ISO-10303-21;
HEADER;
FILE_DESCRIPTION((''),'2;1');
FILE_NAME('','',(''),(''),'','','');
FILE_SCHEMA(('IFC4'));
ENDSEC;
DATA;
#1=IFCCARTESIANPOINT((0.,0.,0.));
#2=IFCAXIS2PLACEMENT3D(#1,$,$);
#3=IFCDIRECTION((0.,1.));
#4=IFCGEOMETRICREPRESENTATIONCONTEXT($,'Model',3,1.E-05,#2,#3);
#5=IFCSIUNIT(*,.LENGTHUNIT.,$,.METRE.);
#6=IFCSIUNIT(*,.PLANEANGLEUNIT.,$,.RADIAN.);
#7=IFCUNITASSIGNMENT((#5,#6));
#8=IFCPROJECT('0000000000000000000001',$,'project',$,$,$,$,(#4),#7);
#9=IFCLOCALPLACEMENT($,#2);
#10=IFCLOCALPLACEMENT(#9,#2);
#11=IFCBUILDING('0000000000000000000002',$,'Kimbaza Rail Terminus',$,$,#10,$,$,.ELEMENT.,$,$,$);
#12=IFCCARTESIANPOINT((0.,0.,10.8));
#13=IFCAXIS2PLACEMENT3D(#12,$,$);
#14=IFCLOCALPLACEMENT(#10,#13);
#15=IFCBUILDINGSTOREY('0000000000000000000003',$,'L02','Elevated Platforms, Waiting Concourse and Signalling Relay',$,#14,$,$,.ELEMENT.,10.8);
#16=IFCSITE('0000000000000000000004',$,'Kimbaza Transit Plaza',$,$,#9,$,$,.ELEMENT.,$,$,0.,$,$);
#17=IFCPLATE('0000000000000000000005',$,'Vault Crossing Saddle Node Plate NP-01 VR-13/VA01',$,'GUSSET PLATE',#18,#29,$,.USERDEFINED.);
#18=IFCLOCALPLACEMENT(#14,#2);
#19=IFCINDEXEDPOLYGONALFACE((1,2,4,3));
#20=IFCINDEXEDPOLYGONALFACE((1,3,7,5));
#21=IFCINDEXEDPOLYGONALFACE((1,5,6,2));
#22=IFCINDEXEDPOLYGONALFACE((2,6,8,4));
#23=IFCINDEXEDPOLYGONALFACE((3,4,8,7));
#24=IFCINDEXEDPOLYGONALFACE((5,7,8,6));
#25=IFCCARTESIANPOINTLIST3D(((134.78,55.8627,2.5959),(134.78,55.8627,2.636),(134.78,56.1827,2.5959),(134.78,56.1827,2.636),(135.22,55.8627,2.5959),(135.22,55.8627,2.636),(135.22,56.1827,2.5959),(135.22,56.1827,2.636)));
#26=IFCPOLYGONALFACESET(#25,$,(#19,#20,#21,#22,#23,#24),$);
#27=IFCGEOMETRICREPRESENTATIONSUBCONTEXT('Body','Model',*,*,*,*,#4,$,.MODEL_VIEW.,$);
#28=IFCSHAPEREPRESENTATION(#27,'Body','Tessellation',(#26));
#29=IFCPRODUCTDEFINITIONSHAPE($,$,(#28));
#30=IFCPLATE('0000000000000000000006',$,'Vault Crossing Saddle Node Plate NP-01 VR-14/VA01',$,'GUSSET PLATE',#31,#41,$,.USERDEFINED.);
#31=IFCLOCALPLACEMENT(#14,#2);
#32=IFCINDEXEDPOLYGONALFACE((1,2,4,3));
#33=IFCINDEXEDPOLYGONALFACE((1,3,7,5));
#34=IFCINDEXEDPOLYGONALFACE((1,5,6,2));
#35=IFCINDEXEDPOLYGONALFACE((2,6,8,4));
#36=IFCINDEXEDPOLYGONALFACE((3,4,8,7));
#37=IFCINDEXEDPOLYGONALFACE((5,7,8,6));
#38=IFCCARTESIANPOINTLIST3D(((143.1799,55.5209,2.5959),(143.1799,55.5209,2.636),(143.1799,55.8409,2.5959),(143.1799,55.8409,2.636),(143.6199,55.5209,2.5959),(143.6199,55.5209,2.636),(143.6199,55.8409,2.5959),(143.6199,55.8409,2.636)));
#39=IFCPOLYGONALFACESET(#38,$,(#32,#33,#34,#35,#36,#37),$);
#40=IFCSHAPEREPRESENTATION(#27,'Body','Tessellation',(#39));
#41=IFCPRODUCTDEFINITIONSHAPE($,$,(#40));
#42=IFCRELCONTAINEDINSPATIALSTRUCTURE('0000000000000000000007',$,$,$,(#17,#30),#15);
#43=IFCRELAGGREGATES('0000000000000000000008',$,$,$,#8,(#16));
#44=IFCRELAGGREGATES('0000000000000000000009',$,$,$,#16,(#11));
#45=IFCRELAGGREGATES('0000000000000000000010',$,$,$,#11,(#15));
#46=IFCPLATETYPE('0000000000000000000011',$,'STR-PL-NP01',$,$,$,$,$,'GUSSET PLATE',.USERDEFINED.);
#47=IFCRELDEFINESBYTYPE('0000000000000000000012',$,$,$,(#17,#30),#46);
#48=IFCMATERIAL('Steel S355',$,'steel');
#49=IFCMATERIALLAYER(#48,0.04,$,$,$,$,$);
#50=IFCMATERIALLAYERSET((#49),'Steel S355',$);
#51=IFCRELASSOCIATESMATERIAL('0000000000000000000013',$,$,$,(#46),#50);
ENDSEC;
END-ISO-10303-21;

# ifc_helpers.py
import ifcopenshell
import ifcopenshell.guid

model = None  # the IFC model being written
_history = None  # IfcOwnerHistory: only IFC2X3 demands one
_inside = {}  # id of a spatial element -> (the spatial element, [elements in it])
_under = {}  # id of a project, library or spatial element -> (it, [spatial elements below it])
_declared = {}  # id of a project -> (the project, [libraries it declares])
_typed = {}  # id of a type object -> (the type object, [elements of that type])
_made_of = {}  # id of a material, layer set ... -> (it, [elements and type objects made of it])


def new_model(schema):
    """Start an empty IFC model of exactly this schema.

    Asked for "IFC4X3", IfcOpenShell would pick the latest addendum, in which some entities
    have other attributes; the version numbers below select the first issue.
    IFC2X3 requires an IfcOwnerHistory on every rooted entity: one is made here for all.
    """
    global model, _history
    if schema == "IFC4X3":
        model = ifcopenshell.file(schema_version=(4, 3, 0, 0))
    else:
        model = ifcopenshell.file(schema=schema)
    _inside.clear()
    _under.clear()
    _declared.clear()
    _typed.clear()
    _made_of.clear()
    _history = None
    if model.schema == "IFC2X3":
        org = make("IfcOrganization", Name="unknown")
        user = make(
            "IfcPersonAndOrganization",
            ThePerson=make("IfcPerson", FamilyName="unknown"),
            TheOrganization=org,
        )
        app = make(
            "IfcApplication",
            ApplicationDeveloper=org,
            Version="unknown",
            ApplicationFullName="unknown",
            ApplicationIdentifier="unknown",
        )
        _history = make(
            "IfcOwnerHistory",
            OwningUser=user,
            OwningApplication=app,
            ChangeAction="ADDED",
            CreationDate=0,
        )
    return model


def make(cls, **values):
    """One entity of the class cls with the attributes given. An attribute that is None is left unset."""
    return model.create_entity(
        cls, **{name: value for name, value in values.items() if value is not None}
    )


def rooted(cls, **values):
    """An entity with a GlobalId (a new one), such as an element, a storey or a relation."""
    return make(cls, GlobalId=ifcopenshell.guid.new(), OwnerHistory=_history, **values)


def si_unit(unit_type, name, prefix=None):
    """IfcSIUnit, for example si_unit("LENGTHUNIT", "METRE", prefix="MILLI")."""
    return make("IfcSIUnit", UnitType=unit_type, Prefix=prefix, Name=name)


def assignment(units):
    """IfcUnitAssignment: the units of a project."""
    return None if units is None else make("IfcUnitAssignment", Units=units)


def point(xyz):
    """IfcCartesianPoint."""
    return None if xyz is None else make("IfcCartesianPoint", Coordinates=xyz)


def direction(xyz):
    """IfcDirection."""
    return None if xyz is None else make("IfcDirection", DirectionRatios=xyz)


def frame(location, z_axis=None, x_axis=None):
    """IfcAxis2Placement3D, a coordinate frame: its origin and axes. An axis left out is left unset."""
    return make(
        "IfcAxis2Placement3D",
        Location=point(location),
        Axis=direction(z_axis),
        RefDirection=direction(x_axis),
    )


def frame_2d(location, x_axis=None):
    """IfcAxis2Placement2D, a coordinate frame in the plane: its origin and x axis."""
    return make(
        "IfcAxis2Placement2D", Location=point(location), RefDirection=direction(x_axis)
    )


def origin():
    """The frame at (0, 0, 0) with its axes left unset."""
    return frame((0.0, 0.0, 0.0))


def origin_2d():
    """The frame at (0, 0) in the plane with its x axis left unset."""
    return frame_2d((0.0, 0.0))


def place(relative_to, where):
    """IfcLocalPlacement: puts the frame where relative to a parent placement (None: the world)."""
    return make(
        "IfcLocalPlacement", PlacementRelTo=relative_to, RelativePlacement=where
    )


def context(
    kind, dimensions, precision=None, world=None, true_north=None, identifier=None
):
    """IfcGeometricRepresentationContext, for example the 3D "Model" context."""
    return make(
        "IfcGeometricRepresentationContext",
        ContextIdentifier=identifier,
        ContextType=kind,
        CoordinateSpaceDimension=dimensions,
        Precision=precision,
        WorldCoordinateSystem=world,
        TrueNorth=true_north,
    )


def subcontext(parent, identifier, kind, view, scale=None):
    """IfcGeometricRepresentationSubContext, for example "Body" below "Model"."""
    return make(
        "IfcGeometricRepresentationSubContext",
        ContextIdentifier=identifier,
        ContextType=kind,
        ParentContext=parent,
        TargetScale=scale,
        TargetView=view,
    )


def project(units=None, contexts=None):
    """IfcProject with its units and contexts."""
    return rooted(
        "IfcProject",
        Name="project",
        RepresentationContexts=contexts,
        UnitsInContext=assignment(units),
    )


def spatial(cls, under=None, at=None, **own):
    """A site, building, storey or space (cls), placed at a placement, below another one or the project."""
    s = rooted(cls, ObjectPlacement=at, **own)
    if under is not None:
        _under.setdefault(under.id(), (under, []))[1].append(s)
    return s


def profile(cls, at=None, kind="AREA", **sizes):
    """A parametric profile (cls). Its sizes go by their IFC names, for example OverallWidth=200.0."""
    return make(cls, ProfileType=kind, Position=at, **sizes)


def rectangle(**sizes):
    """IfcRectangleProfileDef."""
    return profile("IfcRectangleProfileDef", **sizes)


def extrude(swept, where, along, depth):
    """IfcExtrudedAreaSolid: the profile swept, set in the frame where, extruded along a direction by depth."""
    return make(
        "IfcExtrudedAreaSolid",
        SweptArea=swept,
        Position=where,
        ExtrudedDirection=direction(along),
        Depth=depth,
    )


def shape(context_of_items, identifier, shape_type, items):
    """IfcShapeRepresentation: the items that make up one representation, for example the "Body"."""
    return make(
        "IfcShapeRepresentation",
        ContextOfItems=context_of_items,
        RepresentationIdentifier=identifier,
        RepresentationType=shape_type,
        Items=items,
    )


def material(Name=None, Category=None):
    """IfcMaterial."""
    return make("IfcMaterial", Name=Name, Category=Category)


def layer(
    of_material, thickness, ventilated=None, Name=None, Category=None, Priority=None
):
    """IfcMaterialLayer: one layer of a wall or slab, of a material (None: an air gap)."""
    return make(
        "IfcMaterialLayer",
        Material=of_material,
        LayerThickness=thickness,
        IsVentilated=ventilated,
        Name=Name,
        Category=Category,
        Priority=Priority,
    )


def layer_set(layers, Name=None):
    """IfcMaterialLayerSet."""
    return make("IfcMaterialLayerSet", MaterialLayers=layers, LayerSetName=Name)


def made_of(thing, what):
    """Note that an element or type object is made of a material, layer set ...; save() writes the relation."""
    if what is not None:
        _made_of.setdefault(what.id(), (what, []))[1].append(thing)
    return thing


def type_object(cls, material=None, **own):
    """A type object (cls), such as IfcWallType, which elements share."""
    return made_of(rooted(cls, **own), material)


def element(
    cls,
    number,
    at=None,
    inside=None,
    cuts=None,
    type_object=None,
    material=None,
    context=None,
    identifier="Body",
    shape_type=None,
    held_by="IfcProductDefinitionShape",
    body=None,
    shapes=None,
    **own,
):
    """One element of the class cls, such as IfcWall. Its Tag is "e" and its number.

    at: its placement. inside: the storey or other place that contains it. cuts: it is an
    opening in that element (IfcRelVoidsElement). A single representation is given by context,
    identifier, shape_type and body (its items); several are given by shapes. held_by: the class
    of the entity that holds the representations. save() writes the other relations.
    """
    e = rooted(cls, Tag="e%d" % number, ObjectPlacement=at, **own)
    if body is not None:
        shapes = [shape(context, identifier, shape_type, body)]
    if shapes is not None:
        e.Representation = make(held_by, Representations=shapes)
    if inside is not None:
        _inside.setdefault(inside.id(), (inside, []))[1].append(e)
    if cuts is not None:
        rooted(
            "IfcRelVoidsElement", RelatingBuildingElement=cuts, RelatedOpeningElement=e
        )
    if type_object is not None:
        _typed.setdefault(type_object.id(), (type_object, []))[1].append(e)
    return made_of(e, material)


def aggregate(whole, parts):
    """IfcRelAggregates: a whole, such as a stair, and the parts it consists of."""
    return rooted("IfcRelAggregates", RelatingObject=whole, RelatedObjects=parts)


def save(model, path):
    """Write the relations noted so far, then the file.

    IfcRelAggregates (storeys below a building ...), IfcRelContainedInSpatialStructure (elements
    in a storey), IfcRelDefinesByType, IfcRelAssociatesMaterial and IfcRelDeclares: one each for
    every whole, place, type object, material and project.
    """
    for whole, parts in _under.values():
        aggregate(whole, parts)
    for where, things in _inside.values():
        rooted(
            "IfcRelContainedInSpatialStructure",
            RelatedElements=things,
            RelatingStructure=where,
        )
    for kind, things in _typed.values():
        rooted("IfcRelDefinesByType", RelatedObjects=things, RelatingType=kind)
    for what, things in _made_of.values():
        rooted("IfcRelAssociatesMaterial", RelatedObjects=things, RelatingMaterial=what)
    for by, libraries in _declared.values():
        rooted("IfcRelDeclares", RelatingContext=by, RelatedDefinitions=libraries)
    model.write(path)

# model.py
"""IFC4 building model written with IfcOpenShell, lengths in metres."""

from ifc_helpers import new_model, si_unit, direction, frame, origin, origin_2d, place, context, subcontext, project, spatial, rectangle, extrude, material, layer, layer_set, type_object, element, save


model = new_model("IFC4")

# Units and contexts
model_context = context("Model", 3, precision=1e-05, world=origin(), true_north=direction((0.0, 1.0)))
body_context = subcontext(model_context, "Body", "Model", "MODEL_VIEW")
ifc_project = project(units=[si_unit("LENGTHUNIT", "METRE"), si_unit("PLANEANGLEUNIT", "RADIAN")], contexts=[model_context])

# Site, building, storey
site_placement = place(None, origin())
site = spatial("IfcSite", under=ifc_project, at=site_placement, Name="Kimbaza Transit Plaza", CompositionType="ELEMENT", RefElevation=0.0)
building_placement = place(site_placement, origin())
building = spatial("IfcBuilding", under=site, at=building_placement, Name="Kimbaza Rail Terminus", CompositionType="ELEMENT")
storey_placement = place(building_placement, frame((0.0, 0.0, 10.8)))
storey = spatial("IfcBuildingStorey", under=building, at=storey_placement, Name="L02", Description="Elevated Platforms, Waiting Concourse and Signalling Relay", CompositionType="ELEMENT", Elevation=10.8)

# Plates
ifc_material_1 = material(Name="Steel S355", Category="steel")
ifc_layer_1 = layer(ifc_material_1, 0.04)
ifc_layer_set_1 = layer_set([ifc_layer_1], Name="Steel S355")
plate_type_1 = type_object("IfcPlateType", Name="STR-PL-NP01", ElementType="GUSSET PLATE", PredefinedType="USERDEFINED", material=ifc_layer_set_1)
for number, where, z_axis, x_axis, name in (
    (1, (135.0, 56.0227, 2.5959), (0.0, 0.0, 1.0), (1.0, 0.0, 0.0), "Vault Crossing Saddle Node Plate NP-01 VR-13/VA01"),
    (2, (143.3999, 55.6809, 2.5959), (0.0, 0.0, 1.0), (1.0, 0.0, 0.0), "Vault Crossing Saddle Node Plate NP-01 VR-14/VA01"),
):
    element("IfcPlate", number, at=place(storey_placement, frame(where, z_axis=z_axis, x_axis=x_axis)), inside=storey, type_object=plate_type_1, Name=name, ObjectType="GUSSET PLATE", PredefinedType="USERDEFINED", context=body_context, shape_type="SweptSolid", body=[
        extrude(rectangle(XDim=0.4399, YDim=0.3201, at=origin_2d()), origin(), (0.0, 0.0, 1.0), 0.04),
    ])

save(model, "model.ifc")
